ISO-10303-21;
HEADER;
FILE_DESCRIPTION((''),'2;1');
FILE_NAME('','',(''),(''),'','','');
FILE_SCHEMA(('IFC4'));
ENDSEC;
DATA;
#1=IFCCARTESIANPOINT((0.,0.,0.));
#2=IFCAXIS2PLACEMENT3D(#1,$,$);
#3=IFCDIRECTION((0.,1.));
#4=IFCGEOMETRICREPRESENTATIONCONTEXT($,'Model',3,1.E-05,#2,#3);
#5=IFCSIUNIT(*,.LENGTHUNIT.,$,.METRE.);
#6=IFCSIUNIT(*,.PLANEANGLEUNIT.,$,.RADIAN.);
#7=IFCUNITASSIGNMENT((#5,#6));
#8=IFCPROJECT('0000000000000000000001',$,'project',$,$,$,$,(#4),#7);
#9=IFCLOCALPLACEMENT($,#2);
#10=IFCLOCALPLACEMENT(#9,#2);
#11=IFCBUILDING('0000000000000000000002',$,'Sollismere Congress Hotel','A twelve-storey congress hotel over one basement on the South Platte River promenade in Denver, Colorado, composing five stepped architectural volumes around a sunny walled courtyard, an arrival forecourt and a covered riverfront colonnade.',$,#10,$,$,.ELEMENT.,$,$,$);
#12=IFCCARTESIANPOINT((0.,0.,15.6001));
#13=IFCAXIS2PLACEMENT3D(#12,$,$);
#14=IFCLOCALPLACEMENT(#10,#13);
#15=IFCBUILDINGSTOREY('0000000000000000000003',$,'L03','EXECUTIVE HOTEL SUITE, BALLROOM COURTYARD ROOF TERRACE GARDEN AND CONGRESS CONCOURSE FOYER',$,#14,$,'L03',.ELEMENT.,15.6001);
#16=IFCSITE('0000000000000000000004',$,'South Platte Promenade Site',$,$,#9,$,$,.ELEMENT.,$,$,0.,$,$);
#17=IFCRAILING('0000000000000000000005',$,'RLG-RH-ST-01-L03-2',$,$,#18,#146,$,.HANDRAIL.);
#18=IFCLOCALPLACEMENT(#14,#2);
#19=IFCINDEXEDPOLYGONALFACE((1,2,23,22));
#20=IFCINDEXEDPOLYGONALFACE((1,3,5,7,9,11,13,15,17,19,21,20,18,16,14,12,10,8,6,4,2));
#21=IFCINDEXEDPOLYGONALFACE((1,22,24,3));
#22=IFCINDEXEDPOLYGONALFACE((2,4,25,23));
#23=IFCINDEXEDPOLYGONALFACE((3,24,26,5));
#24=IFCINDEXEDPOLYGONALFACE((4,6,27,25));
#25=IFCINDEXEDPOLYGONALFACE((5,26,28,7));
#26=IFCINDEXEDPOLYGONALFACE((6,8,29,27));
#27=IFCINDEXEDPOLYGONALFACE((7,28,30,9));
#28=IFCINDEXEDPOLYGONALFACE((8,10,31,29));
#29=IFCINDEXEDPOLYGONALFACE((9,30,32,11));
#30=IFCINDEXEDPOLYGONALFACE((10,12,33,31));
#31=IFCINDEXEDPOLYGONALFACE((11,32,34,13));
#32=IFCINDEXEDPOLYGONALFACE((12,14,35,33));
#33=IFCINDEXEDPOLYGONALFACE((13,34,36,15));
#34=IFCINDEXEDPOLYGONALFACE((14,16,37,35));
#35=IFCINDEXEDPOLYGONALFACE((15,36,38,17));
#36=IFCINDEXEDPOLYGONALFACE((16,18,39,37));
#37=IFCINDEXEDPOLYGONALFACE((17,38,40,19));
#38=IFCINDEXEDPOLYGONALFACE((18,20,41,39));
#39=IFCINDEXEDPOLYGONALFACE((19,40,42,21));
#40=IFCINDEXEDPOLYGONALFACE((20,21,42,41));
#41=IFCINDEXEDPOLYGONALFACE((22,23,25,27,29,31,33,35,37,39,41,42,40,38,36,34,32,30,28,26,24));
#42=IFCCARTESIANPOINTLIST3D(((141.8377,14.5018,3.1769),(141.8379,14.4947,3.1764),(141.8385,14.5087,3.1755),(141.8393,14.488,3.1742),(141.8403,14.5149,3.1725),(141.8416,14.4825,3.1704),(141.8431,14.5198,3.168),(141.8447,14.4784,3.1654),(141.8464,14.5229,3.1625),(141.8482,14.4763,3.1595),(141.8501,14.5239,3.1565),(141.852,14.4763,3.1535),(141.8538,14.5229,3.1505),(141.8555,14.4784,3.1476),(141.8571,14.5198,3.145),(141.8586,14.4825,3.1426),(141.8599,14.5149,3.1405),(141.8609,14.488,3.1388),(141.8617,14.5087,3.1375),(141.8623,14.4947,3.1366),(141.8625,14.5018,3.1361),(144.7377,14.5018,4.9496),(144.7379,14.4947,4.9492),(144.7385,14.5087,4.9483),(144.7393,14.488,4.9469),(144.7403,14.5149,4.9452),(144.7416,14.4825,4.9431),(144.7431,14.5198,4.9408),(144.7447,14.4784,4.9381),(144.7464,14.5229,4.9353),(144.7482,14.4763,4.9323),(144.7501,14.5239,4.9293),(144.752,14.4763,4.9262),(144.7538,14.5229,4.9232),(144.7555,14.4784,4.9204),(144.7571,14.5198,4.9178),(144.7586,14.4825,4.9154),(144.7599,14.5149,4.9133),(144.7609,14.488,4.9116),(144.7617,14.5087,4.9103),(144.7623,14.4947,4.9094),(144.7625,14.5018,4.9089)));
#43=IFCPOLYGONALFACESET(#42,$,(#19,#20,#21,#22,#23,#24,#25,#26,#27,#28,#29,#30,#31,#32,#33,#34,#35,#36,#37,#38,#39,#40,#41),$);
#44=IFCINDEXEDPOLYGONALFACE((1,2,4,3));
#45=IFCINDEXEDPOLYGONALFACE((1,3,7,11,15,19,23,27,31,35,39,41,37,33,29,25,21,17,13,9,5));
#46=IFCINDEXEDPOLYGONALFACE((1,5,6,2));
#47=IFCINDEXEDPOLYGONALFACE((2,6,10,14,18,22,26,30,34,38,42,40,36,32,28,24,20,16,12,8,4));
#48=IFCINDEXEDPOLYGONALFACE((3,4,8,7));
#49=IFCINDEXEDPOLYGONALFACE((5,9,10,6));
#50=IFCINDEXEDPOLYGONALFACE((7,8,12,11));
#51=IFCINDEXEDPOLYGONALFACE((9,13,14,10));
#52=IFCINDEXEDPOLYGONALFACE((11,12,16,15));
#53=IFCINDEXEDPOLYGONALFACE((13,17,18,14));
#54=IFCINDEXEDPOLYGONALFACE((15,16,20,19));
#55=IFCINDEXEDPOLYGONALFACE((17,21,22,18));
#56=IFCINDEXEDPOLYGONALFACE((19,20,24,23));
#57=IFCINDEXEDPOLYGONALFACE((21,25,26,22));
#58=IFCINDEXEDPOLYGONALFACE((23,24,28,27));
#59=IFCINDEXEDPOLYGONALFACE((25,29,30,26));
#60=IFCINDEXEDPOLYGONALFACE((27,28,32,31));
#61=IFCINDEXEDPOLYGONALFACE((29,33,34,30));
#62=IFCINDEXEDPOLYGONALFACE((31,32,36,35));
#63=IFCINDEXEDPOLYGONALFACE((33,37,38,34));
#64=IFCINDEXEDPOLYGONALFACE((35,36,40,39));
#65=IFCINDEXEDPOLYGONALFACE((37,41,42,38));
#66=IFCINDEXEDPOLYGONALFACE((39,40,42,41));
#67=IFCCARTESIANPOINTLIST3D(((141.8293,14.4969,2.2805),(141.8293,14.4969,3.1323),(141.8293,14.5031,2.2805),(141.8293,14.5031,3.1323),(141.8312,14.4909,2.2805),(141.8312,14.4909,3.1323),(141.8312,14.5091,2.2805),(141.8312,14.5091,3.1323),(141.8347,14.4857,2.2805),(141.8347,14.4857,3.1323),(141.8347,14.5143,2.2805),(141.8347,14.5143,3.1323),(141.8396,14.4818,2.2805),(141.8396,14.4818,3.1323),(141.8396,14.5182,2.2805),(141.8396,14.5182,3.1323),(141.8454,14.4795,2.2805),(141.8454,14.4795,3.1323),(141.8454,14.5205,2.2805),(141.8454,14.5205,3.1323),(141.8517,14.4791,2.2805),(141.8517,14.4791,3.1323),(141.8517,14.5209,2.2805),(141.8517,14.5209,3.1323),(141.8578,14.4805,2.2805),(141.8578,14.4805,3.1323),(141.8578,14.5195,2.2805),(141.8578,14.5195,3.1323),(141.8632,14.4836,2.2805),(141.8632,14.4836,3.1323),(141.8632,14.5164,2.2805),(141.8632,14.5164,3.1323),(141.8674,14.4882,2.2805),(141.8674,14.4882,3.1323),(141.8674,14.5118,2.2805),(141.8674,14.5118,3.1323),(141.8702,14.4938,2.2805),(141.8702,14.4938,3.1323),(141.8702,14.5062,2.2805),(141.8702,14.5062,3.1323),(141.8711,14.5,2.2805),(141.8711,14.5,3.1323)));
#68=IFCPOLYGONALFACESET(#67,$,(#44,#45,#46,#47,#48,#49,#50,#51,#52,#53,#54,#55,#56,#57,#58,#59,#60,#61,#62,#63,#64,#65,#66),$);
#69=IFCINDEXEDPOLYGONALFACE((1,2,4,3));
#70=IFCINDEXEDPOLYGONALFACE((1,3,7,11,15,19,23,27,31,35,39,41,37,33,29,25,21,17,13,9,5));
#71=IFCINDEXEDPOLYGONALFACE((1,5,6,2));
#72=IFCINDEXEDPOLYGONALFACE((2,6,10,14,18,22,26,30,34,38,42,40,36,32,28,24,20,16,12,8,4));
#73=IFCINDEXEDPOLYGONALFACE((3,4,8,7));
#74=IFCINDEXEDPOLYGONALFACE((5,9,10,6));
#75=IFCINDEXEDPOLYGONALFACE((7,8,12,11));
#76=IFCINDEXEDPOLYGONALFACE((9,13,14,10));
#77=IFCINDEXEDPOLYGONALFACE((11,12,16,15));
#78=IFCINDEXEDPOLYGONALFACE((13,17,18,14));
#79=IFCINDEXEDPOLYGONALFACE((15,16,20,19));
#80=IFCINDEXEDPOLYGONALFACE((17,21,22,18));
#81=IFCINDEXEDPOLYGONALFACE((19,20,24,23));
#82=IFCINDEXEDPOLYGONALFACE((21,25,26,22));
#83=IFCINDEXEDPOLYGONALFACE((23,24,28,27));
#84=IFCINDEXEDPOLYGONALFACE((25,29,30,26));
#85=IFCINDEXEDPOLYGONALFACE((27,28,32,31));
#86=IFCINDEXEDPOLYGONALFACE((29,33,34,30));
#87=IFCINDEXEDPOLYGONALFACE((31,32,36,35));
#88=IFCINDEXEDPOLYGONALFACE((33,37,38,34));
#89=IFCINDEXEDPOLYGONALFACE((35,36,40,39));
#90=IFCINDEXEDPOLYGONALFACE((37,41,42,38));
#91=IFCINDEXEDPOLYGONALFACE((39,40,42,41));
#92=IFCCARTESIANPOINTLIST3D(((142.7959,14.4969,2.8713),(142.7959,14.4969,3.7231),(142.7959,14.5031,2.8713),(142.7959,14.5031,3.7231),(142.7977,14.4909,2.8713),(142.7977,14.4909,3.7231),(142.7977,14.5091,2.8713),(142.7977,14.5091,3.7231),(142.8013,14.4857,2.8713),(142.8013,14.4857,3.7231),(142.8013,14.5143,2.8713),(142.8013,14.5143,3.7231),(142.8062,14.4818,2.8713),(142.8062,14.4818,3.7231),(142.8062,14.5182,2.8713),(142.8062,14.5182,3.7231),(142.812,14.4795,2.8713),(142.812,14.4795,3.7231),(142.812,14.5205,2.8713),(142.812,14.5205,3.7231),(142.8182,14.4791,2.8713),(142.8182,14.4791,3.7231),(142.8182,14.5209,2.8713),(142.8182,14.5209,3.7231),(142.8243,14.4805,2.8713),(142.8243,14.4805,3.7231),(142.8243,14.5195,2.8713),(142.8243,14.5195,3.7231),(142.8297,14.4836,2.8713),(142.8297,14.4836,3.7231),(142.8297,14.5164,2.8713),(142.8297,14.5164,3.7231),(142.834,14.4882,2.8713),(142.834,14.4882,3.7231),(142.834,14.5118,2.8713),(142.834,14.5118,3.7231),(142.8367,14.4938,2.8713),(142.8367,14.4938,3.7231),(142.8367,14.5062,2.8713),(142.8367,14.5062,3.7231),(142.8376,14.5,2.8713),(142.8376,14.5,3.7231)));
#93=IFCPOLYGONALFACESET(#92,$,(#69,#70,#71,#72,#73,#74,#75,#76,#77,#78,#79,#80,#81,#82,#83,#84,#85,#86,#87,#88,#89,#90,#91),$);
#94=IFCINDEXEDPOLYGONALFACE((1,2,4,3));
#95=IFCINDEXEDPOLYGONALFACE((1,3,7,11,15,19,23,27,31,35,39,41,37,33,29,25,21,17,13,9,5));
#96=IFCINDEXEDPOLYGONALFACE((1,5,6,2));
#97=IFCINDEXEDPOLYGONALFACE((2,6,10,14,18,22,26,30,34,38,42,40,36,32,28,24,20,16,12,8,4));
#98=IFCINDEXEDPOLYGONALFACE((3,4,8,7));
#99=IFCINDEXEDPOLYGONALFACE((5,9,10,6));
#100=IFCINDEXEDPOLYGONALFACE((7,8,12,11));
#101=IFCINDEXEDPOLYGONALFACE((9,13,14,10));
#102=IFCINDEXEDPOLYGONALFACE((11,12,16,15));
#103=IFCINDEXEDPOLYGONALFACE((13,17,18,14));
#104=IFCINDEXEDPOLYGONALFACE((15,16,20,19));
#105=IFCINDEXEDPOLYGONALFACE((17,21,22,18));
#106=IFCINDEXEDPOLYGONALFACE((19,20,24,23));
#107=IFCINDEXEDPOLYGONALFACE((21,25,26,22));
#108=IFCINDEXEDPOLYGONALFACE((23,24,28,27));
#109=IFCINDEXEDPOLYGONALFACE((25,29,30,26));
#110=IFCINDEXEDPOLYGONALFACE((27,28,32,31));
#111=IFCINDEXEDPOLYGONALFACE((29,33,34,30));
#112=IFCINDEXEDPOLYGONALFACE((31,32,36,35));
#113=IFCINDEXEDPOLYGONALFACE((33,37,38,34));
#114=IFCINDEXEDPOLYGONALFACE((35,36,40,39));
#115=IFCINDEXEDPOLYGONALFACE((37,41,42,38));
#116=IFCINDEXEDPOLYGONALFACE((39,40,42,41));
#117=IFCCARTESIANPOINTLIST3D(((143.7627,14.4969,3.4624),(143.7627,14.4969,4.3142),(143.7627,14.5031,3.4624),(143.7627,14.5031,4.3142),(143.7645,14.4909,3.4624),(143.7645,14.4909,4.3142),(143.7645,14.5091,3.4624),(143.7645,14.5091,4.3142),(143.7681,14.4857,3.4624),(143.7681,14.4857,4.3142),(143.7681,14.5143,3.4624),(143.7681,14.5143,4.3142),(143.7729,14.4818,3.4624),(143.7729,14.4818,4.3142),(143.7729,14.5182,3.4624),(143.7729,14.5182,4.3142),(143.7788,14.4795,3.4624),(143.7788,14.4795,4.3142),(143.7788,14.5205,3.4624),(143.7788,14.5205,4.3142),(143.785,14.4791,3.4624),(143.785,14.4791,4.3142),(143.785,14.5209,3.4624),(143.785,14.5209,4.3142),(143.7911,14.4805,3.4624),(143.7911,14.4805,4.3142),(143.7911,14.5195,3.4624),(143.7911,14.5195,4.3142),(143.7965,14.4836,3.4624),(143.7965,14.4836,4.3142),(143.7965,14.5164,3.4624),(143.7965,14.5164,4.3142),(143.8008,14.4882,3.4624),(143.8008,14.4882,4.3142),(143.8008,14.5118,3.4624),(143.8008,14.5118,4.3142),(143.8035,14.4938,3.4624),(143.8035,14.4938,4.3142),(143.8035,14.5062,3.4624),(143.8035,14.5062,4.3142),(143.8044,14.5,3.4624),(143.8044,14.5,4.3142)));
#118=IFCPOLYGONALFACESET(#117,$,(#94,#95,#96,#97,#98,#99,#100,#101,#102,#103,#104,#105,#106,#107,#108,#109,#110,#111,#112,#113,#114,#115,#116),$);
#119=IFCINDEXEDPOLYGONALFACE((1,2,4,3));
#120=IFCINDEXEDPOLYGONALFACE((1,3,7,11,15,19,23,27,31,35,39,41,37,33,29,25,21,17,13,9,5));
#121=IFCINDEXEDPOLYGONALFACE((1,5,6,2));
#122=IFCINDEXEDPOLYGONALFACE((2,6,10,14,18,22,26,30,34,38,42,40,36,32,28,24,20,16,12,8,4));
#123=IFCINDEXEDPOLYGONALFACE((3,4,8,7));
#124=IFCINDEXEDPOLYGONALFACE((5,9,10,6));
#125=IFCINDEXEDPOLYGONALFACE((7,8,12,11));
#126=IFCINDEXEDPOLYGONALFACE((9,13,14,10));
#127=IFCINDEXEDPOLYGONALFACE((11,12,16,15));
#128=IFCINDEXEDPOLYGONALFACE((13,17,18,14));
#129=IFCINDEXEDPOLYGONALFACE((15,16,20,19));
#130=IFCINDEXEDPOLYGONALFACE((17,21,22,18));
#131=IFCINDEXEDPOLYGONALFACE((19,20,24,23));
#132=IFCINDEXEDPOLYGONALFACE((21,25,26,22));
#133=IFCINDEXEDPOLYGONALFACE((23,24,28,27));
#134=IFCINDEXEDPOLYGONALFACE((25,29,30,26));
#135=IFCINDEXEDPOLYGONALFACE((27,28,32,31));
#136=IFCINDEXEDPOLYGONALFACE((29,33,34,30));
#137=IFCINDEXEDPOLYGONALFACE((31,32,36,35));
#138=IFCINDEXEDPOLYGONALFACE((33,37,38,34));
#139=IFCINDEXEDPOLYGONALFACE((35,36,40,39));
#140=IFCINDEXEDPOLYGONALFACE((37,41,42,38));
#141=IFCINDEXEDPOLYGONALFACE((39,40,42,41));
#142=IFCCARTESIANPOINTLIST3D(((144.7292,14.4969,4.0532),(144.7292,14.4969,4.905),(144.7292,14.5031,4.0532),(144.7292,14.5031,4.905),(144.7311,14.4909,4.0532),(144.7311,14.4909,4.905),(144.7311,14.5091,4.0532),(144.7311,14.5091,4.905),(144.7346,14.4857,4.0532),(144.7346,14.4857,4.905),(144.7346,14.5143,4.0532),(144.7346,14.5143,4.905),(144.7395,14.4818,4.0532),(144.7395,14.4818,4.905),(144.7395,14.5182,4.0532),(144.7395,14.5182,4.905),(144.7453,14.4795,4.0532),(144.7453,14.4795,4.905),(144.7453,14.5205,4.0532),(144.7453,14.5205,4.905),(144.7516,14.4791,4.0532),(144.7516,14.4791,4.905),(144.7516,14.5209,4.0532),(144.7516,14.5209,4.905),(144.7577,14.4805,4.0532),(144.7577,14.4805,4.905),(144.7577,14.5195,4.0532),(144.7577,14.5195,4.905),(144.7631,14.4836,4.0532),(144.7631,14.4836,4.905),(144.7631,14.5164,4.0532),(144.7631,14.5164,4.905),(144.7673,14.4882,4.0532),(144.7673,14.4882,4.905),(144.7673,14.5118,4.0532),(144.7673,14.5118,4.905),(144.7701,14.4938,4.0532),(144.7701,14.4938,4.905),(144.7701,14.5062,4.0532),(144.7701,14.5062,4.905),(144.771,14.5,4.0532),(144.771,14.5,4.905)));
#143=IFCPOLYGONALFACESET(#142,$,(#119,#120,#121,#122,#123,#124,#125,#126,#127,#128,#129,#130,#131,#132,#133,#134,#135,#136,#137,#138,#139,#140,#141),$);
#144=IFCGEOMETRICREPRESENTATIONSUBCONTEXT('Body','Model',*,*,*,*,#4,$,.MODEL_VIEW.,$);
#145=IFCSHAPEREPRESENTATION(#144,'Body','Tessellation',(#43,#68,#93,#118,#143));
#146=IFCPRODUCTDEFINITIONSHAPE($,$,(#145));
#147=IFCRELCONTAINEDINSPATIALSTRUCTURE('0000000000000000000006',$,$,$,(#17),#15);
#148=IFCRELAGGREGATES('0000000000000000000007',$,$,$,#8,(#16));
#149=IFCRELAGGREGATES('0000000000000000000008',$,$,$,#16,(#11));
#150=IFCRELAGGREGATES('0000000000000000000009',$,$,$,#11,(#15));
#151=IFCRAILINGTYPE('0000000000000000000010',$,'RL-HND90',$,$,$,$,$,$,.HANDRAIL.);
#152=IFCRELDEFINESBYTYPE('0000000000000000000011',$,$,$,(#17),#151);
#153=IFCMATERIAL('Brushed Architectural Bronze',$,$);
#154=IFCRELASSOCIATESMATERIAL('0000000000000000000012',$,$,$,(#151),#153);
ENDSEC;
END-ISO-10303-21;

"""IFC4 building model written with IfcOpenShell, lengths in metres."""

from ifc_helpers import new_model, si_unit, direction, frame, origin, origin_2d, place, context, subcontext, project, spatial, circle, extrude, material, type_object, element, save


model = new_model("IFC4")

# Units and contexts
model_context = context("Model", 3, precision=1e-05, world=origin(), true_north=direction((0.0, 1.0)))
body_context = subcontext(model_context, "Body", "Model", "MODEL_VIEW")
ifc_project = project(units=[si_unit("LENGTHUNIT", "METRE"), si_unit("PLANEANGLEUNIT", "RADIAN")], contexts=[model_context])

# Site, building, storey
site_placement = place(None, origin())
site = spatial("IfcSite", under=ifc_project, at=site_placement, Name="South Platte Promenade Site", CompositionType="ELEMENT", RefElevation=0.0)
building_placement = place(site_placement, origin())
building = spatial("IfcBuilding", under=site, at=building_placement, Name="Sollismere Congress Hotel", Description="A twelve-storey congress hotel over one basement on the South Platte River promenade in Denver, Colorado, composing five stepped architectural volumes around a sunny walled courtyard, an arrival forecourt and a covered riverfront colonnade.", CompositionType="ELEMENT")
storey_placement = place(building_placement, frame((0.0, 0.0, 15.6001)))
storey = spatial("IfcBuildingStorey", under=building, at=storey_placement, Name="L03", Description="EXECUTIVE HOTEL SUITE, BALLROOM COURTYARD ROOF TERRACE GARDEN AND CONGRESS CONCOURSE FOYER", LongName="L03", CompositionType="ELEMENT", Elevation=15.6001)

# Railing
ifc_material_1 = material(Name="Brushed Architectural Bronze")
railing_type_1 = type_object("IfcRailingType", Name="RL-HND90", PredefinedType="HANDRAIL", material=ifc_material_1)
railing_1_placement = place(storey_placement, frame((141.8501, 14.5, 2.2805)))
element("IfcRailing", 1, at=railing_1_placement, inside=storey, type_object=railing_type_1, Name="RLG-RH-ST-01-L03-2", PredefinedType="HANDRAIL", context=body_context, shape_type="SweptSolid", body=[
    extrude(circle(Radius=0.0239, at=origin_2d()), frame((0.0, 0.0, 0.876), z_axis=(0.853211, 0.0, 0.521566), x_axis=(0.0, 1.0, 0.0)), (0.0, 0.0, 1.0), 3.3989),
    extrude(circle(Radius=0.021, at=origin_2d()), origin(), (0.0, 0.0, 1.0), 0.8518),
    extrude(circle(Radius=0.021, at=origin_2d()), frame((0.9666, 0.0, 0.5908)), (0.0, 0.0, 1.0), 0.8518),
    extrude(circle(Radius=0.021, at=origin_2d()), frame((1.9333, 0.0, 1.1819)), (0.0, 0.0, 1.0), 0.8518),
    extrude(circle(Radius=0.021, at=origin_2d()), frame((2.8999, 0.0, 1.7727)), (0.0, 0.0, 1.0), 0.8518),
])

save(model, "model.ifc")
